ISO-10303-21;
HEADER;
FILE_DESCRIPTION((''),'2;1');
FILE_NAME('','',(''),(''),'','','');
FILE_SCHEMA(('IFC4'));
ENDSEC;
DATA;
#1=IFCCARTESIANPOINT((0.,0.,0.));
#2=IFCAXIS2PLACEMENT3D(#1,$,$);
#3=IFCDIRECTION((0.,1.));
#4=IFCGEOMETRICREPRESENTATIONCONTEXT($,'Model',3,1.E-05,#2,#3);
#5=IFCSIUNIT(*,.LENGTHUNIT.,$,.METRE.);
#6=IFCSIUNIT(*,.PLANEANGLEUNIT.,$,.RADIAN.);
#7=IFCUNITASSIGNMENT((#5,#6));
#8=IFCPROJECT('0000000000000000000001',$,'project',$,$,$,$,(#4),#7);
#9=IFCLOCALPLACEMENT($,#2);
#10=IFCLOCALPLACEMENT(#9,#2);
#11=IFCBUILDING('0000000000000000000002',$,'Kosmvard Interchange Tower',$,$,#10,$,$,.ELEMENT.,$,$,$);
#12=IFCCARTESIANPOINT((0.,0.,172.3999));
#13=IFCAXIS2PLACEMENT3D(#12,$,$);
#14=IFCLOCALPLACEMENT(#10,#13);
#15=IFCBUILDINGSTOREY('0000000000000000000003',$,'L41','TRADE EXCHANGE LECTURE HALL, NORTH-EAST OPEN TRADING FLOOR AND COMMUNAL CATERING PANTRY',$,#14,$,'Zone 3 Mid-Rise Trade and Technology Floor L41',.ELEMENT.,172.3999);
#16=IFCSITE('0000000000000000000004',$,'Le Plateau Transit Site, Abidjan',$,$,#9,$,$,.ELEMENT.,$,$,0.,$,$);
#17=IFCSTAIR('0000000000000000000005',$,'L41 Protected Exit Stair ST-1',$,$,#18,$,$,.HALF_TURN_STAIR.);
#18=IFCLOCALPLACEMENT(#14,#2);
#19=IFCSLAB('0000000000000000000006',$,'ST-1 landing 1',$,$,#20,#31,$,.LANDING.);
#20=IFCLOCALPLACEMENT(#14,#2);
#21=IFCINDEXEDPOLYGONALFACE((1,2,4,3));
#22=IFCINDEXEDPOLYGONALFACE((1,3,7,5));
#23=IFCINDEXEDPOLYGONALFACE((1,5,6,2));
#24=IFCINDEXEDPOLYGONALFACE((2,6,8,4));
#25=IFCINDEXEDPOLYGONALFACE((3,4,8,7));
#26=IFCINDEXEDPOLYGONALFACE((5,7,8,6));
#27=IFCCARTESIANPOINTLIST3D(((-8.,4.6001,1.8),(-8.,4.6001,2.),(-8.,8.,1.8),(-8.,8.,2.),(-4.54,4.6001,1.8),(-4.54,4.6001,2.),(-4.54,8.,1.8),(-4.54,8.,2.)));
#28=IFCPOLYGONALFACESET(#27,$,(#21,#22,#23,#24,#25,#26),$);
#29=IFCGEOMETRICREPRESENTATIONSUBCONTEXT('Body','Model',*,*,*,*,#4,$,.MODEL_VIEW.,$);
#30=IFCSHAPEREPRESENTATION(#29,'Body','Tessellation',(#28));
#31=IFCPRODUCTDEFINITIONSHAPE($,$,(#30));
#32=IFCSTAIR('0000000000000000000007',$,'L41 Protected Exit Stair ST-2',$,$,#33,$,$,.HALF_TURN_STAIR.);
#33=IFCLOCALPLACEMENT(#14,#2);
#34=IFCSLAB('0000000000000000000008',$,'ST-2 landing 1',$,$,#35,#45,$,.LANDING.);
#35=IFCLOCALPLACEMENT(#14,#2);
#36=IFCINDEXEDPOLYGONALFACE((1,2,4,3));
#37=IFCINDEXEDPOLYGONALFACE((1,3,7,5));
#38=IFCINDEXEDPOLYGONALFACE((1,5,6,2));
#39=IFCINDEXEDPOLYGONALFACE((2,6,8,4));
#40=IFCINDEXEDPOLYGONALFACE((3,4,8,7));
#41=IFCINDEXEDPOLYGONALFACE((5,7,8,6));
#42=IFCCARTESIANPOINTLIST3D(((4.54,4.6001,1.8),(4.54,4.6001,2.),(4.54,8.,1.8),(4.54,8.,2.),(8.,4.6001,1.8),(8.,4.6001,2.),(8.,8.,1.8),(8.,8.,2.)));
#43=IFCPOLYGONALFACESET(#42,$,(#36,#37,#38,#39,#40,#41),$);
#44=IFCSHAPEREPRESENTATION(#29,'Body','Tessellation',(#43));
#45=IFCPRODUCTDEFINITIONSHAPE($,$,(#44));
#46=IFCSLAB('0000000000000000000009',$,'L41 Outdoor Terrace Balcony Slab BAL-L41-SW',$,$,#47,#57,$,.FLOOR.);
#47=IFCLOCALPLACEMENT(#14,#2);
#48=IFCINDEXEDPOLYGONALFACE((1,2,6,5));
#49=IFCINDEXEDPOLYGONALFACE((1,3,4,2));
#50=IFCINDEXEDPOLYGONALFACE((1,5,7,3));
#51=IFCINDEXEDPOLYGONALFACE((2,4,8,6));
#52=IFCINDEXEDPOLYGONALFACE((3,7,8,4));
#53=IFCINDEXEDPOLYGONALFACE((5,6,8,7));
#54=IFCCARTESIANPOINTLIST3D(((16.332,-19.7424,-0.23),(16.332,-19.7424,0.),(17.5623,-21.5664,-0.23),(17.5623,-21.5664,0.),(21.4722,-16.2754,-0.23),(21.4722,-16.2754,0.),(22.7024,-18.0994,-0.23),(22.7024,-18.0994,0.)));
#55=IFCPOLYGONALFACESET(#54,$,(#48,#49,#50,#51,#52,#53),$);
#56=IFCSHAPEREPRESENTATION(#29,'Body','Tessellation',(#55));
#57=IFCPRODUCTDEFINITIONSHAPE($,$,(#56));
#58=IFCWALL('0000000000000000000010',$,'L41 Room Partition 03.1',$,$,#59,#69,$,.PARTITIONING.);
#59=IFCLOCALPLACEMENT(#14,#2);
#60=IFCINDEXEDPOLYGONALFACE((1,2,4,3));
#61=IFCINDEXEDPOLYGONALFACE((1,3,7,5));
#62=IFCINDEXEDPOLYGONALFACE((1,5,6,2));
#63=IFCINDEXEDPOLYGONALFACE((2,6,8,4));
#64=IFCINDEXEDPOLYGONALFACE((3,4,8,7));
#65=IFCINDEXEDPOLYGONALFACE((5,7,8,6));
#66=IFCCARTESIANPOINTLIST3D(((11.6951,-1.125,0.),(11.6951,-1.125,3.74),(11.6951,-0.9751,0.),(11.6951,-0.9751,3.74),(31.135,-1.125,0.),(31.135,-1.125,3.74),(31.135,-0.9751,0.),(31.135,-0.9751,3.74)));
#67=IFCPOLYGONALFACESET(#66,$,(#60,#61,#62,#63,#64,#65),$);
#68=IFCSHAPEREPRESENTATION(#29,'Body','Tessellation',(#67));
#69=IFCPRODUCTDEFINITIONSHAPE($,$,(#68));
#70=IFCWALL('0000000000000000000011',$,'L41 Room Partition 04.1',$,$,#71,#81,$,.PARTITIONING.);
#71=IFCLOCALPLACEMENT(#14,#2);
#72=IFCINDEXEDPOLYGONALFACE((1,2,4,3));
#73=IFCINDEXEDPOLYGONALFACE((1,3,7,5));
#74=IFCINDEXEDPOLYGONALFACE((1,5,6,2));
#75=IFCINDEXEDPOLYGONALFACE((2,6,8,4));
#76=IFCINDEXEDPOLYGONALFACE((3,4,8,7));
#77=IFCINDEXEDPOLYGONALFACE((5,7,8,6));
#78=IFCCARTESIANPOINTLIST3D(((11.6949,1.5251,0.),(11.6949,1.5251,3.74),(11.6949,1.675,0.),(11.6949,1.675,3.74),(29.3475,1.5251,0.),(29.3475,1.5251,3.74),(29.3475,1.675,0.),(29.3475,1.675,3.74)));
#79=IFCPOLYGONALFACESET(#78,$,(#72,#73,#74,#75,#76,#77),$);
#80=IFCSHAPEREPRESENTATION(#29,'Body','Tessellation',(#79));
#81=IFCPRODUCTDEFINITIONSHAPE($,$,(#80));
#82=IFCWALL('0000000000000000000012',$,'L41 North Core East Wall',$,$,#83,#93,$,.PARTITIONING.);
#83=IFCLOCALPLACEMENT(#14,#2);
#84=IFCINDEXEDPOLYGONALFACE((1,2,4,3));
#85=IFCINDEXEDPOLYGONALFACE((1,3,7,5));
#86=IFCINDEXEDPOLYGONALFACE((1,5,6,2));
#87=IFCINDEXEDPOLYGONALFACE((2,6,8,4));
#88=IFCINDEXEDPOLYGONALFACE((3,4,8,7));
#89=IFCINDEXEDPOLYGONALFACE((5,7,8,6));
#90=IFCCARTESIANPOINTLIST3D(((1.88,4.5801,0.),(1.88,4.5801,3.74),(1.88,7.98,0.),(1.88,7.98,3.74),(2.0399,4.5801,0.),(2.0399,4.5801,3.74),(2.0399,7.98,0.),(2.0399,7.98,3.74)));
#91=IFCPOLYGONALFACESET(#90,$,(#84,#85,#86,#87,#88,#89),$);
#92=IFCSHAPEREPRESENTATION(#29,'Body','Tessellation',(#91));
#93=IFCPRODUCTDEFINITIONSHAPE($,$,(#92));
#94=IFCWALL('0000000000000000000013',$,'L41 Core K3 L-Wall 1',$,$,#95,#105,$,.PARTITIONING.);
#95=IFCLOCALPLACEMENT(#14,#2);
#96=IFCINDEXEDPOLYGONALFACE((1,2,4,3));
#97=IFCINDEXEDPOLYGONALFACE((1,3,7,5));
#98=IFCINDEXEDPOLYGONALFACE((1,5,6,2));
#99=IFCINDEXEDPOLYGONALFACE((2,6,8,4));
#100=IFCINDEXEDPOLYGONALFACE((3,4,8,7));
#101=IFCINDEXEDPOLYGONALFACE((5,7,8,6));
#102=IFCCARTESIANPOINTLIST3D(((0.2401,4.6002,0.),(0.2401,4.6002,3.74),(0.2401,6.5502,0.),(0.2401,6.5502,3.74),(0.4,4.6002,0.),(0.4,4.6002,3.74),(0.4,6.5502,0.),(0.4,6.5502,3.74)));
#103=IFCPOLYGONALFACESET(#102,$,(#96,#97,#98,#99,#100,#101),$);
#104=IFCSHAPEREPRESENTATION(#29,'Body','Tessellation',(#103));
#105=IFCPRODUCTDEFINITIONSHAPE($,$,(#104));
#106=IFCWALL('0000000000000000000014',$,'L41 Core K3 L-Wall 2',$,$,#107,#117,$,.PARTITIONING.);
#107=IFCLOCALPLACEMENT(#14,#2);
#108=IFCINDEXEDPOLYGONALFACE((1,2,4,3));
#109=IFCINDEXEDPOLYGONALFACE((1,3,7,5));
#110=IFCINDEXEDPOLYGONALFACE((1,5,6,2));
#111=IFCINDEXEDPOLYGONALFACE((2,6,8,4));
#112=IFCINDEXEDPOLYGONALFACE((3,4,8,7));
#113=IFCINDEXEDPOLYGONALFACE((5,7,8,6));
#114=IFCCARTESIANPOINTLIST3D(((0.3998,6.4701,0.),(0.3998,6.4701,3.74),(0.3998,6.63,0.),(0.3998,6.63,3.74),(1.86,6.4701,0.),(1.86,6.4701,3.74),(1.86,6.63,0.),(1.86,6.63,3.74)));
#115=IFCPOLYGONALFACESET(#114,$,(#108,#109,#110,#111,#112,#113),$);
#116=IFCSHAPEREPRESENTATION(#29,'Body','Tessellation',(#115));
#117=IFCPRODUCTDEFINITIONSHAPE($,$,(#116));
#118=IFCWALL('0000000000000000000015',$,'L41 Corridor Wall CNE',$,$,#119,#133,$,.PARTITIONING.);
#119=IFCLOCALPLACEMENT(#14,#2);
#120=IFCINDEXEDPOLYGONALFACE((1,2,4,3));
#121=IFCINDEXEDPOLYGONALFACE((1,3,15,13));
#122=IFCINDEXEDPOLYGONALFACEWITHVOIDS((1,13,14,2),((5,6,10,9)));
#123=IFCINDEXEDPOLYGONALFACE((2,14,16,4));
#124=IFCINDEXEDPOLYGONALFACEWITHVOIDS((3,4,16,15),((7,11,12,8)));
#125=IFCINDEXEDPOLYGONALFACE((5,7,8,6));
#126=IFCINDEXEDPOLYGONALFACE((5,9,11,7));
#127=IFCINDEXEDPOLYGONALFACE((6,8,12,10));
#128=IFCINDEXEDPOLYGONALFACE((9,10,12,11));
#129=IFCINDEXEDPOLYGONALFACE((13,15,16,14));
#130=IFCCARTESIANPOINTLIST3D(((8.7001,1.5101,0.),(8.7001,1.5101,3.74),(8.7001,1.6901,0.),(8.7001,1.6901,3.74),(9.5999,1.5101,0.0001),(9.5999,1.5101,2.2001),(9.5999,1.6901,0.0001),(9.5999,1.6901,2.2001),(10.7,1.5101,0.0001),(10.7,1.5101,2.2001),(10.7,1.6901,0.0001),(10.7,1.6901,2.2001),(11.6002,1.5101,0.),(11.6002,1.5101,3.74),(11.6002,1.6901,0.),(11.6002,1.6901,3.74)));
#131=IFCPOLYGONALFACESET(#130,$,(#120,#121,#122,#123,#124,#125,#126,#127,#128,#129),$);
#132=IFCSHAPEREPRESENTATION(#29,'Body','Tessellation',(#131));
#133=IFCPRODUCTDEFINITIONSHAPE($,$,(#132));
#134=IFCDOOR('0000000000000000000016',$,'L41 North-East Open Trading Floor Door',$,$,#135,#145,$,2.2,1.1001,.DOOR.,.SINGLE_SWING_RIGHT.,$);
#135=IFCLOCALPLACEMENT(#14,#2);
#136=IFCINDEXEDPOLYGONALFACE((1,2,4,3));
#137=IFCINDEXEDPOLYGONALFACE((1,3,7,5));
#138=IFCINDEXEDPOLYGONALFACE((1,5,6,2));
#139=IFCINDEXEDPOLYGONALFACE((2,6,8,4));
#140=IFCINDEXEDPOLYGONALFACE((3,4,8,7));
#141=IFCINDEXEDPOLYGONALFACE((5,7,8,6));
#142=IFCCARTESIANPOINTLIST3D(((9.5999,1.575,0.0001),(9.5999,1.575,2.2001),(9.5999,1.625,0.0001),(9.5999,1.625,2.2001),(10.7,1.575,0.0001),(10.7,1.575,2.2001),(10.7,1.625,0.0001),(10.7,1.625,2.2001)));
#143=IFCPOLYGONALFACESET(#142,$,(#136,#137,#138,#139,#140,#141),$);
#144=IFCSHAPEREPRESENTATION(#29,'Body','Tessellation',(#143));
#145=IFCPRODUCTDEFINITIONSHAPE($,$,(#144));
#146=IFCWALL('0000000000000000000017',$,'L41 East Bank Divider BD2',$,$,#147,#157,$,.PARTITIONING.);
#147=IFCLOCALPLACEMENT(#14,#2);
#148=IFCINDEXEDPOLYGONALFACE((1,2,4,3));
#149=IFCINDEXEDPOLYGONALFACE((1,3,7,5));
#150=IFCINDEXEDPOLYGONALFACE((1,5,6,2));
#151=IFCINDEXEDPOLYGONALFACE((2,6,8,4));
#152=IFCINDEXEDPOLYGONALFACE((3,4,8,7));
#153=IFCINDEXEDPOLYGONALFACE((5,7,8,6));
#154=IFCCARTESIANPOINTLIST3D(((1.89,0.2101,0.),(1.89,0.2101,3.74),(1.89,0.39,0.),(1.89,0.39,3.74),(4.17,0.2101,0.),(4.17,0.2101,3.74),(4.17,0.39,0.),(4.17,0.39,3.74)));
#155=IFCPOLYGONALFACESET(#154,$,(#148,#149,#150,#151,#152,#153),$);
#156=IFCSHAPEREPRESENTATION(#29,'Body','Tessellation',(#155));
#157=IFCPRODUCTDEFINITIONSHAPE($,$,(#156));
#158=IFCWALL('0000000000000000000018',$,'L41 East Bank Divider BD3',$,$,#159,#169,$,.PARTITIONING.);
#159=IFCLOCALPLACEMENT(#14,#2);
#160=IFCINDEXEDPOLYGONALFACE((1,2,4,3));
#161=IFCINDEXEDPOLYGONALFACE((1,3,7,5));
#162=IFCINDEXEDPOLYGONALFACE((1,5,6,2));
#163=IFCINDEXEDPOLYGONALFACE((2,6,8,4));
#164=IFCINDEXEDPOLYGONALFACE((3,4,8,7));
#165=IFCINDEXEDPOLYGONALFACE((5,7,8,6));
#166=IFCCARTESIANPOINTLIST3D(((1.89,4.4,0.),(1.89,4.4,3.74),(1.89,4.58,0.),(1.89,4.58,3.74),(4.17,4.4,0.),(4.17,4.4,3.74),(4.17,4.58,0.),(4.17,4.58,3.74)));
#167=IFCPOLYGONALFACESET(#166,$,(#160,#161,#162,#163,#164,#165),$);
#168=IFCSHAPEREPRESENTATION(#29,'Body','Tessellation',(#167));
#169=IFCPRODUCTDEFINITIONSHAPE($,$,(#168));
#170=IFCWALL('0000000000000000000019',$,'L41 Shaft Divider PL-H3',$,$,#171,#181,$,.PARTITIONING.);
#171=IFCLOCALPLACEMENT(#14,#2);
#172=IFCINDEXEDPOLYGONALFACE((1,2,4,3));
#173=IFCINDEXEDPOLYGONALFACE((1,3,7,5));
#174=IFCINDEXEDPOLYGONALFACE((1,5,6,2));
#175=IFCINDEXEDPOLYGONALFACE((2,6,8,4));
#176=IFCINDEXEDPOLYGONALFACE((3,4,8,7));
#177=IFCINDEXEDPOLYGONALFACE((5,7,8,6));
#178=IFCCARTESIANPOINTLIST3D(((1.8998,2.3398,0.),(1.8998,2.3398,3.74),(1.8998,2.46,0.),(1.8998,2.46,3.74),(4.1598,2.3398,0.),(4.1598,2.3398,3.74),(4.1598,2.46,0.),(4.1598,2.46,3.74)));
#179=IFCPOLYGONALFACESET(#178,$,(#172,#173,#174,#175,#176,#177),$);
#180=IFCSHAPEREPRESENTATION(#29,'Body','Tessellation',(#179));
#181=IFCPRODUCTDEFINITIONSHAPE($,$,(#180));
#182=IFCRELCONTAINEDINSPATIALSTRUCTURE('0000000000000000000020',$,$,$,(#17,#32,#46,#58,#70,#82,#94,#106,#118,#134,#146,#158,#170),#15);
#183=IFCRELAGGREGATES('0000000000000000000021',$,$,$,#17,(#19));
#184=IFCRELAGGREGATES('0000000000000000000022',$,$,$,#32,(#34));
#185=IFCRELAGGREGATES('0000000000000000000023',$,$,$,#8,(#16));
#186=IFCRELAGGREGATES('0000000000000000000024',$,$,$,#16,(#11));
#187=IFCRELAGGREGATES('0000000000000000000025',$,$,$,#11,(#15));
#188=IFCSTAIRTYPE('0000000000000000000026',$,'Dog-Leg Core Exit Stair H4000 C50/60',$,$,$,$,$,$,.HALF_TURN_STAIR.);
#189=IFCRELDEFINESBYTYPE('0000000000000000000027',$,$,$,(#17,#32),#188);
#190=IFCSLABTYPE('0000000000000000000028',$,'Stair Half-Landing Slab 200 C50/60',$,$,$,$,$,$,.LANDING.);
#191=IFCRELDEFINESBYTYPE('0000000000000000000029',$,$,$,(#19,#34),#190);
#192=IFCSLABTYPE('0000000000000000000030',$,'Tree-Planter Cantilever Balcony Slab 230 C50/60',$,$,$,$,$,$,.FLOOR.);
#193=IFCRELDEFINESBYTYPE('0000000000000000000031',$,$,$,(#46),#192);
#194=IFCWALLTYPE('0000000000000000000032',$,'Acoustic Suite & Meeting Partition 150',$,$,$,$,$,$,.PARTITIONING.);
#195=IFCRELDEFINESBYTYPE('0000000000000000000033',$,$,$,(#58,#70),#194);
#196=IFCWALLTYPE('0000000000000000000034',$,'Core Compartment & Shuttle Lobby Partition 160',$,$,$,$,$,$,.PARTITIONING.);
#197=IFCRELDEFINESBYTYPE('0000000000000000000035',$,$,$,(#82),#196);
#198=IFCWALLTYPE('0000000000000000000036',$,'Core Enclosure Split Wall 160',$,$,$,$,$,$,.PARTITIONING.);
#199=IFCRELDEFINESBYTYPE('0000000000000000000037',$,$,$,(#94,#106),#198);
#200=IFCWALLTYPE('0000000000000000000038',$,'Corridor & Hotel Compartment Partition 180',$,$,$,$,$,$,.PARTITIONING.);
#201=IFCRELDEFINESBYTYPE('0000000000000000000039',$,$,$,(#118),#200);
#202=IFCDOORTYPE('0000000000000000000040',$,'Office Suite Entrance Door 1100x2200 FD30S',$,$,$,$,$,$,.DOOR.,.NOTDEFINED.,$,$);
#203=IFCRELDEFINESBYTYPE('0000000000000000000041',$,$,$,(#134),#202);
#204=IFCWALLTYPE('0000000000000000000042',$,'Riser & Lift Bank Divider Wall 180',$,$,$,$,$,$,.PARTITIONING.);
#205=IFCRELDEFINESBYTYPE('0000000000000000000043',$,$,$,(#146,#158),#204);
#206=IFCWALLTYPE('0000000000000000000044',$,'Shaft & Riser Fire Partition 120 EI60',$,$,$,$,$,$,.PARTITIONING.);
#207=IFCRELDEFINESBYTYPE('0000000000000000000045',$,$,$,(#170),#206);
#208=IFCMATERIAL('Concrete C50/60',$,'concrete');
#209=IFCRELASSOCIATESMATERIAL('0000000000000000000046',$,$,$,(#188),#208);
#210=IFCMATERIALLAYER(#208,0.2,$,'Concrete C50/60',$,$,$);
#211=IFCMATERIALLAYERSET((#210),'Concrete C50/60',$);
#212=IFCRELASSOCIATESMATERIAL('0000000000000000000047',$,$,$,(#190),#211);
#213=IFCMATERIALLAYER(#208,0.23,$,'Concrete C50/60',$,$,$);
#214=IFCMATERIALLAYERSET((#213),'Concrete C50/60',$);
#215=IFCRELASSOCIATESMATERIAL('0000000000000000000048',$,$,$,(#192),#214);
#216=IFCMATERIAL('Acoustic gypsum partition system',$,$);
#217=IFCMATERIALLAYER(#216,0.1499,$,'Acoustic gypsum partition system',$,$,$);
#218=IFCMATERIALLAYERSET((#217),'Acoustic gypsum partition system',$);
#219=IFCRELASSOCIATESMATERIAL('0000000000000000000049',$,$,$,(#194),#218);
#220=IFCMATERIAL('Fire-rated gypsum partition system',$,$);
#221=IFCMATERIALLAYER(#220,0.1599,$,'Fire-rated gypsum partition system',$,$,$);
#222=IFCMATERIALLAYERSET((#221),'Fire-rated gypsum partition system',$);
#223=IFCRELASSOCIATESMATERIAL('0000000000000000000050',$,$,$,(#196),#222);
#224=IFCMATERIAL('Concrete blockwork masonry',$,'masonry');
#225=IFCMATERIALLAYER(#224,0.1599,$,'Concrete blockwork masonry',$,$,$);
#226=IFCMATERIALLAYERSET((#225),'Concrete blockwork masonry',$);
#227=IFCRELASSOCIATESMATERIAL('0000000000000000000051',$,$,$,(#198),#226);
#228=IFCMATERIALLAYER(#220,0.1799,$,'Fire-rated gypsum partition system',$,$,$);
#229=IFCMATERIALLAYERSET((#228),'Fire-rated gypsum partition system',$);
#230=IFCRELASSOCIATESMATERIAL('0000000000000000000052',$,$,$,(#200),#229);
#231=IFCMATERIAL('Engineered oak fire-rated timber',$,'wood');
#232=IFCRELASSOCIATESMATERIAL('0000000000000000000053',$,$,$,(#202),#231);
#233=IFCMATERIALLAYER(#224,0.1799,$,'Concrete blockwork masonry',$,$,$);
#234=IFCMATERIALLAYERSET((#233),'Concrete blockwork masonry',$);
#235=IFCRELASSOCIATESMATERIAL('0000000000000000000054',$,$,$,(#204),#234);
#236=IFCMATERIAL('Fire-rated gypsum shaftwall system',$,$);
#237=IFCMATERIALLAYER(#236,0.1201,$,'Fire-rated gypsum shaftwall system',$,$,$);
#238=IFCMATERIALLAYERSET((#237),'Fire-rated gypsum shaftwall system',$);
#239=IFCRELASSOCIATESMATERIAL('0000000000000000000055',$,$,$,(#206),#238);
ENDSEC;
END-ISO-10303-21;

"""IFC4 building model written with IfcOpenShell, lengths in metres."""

from ifc_helpers import new_model, si_unit, direction, frame, frame_2d, origin, place, context, subcontext, project, spatial, polyline, rectangle, outline, extrude, source, transform, mapped, material, layer, layer_set, type_object, element, fill, aggregate, save


model = new_model("IFC4")

# Units and contexts
model_context = context("Model", 3, precision=1e-05, world=origin(), true_north=direction((0.0, 1.0)))
body_context = subcontext(model_context, "Body", "Model", "MODEL_VIEW")
ifc_project = project(units=[si_unit("LENGTHUNIT", "METRE"), si_unit("PLANEANGLEUNIT", "RADIAN")], contexts=[model_context])

# Site, building, storey
site_placement = place(None, origin())
site = spatial("IfcSite", under=ifc_project, at=site_placement, Name="Le Plateau Transit Site, Abidjan", CompositionType="ELEMENT", RefElevation=0.0)
building_placement = place(site_placement, origin())
building = spatial("IfcBuilding", under=site, at=building_placement, Name="Kosmvard Interchange Tower", CompositionType="ELEMENT")
storey_placement = place(building_placement, frame((0.0, 0.0, 172.3999)))
storey = spatial("IfcBuildingStorey", under=building, at=storey_placement, Name="L41", Description="TRADE EXCHANGE LECTURE HALL, NORTH-EAST OPEN TRADING FLOOR AND COMMUNAL CATERING PANTRY", LongName="Zone 3 Mid-Rise Trade and Technology Floor L41", CompositionType="ELEMENT", Elevation=172.3999)

# Stairs, slabs
ifc_material_1 = material(Name="Concrete C50/60", Category="concrete")
stair_type = type_object("IfcStairType", Name="Dog-Leg Core Exit Stair H4000 C50/60", PredefinedType="HALF_TURN_STAIR", material=ifc_material_1)
stair_1_placement = place(storey_placement, origin())
stair_1 = element("IfcStair", 1, at=stair_1_placement, inside=storey, type_object=stair_type, Name="L41 Protected Exit Stair ST-1", PredefinedType="HALF_TURN_STAIR")
ifc_layer_1 = layer(ifc_material_1, 0.2, Name="Concrete C50/60")
ifc_layer_set_1 = layer_set([ifc_layer_1], Name="Concrete C50/60")
slab_type_1 = type_object("IfcSlabType", Name="Stair Half-Landing Slab 200 C50/60", PredefinedType="LANDING", material=ifc_layer_set_1)
slab_1_placement = place(storey_placement, frame((0.0, 0.0, 1.8)))
slab_1 = element("IfcSlab", 2, at=slab_1_placement, type_object=slab_type_1, Name="ST-1 landing 1", PredefinedType="LANDING", context=body_context, shape_type="SweptSolid", body=[
    extrude(outline(polyline([(-4.54, 4.6001), (-4.54, 8.0), (-8.0, 8.0), (-8.0, 4.6001), (-4.54, 4.6001)])), origin(), (0.0, 0.0, 1.0), 0.2),
])
aggregate(stair_1, [slab_1])
stair_2_placement = place(storey_placement, origin())
stair_2 = element("IfcStair", 3, at=stair_2_placement, inside=storey, type_object=stair_type, Name="L41 Protected Exit Stair ST-2", PredefinedType="HALF_TURN_STAIR")
slab_2_placement = place(storey_placement, frame((0.0, 0.0, 1.8)))
slab_2 = element("IfcSlab", 4, at=slab_2_placement, type_object=slab_type_1, Name="ST-2 landing 1", PredefinedType="LANDING", context=body_context, shape_type="SweptSolid", body=[
    extrude(outline(polyline([(8.0, 4.6001), (8.0, 8.0), (4.54, 8.0), (4.54, 4.6001), (8.0, 4.6001)])), origin(), (0.0, 0.0, 1.0), 0.2),
])

# Slab
ifc_layer_2 = layer(ifc_material_1, 0.23, Name="Concrete C50/60")
ifc_layer_set_2 = layer_set([ifc_layer_2], Name="Concrete C50/60")
slab_type_2 = type_object("IfcSlabType", Name="Tree-Planter Cantilever Balcony Slab 230 C50/60", PredefinedType="FLOOR", material=ifc_layer_set_2)
slab_3_placement = place(storey_placement, frame((0.0, 0.0, -0.23)))
element("IfcSlab", 5, at=slab_3_placement, inside=storey, type_object=slab_type_2, Name="L41 Outdoor Terrace Balcony Slab BAL-L41-SW", PredefinedType="FLOOR", context=body_context, shape_type="SweptSolid", body=[
    extrude(outline(polyline([(17.5623, -21.5664), (22.7024, -18.0994), (21.4722, -16.2754), (16.332, -19.7424), (17.5623, -21.5664)])), origin(), (0.0, 0.0, 1.0), 0.23),
])

# Walls
ifc_material_2 = material(Name="Acoustic gypsum partition system")
ifc_layer_3 = layer(ifc_material_2, 0.1499, Name="Acoustic gypsum partition system")
ifc_layer_set_3 = layer_set([ifc_layer_3], Name="Acoustic gypsum partition system")
wall_type_1 = type_object("IfcWallType", Name="Acoustic Suite & Meeting Partition 150", PredefinedType="PARTITIONING", material=ifc_layer_set_3)
wall_1_placement = place(storey_placement, frame((11.6951, -1.05, 0.0), z_axis=(0.0, 0.0, 1.0), x_axis=(1.0, 0.0, 0.0)))
element("IfcWall", 6, at=wall_1_placement, inside=storey, type_object=wall_type_1, Name="L41 Room Partition 03.1", PredefinedType="PARTITIONING", context=body_context, shape_type="SweptSolid", body=[
    extrude(rectangle(XDim=19.4399, YDim=0.1499, at=frame_2d((9.72, 0.0))), origin(), (0.0, 0.0, 1.0), 3.74),
])
wall_2_placement = place(storey_placement, frame((11.6951, 1.6001, 0.0), z_axis=(0.0, 0.0, 1.0), x_axis=(1.0, 0.0, 0.0)))
element("IfcWall", 7, at=wall_2_placement, inside=storey, type_object=wall_type_1, Name="L41 Room Partition 04.1", PredefinedType="PARTITIONING", context=body_context, shape_type="SweptSolid", body=[
    extrude(rectangle(XDim=17.6526, YDim=0.1499, at=frame_2d((8.8262, 0.0))), origin(), (0.0, 0.0, 1.0), 3.74),
])
ifc_material_3 = material(Name="Fire-rated gypsum partition system")
ifc_layer_4 = layer(ifc_material_3, 0.1599, Name="Fire-rated gypsum partition system")
ifc_layer_set_4 = layer_set([ifc_layer_4], Name="Fire-rated gypsum partition system")
wall_type_2 = type_object("IfcWallType", Name="Core Compartment & Shuttle Lobby Partition 160", PredefinedType="PARTITIONING", material=ifc_layer_set_4)
wall_3_placement = place(storey_placement, frame((1.96, 4.5801, 0.0), z_axis=(0.0, 0.0, 1.0), x_axis=(0.0, 1.0, 0.0)))
element("IfcWall", 8, at=wall_3_placement, inside=storey, type_object=wall_type_2, Name="L41 North Core East Wall", PredefinedType="PARTITIONING", context=body_context, shape_type="SweptSolid", body=[
    extrude(rectangle(XDim=3.3999, YDim=0.1599, at=frame_2d((1.7, 0.0))), origin(), (0.0, 0.0, 1.0), 3.74),
])
ifc_material_4 = material(Name="Concrete blockwork masonry", Category="masonry")
ifc_layer_5 = layer(ifc_material_4, 0.1599, Name="Concrete blockwork masonry")
ifc_layer_set_5 = layer_set([ifc_layer_5], Name="Concrete blockwork masonry")
wall_type_3 = type_object("IfcWallType", Name="Core Enclosure Split Wall 160", PredefinedType="PARTITIONING", material=ifc_layer_set_5)
wall_4_placement = place(storey_placement, frame((0.3201, 4.6001, 0.0), z_axis=(0.0, 0.0, 1.0), x_axis=(0.0, 1.0, 0.0)))
element("IfcWall", 9, at=wall_4_placement, inside=storey, type_object=wall_type_3, Name="L41 Core K3 L-Wall 1", PredefinedType="PARTITIONING", context=body_context, shape_type="SweptSolid", body=[
    extrude(rectangle(XDim=1.95, YDim=0.1599, at=frame_2d((0.9751, 0.0))), origin(), (0.0, 0.0, 1.0), 3.74),
])
wall_5_placement = place(storey_placement, frame((0.3999, 6.55, 0.0), z_axis=(0.0, 0.0, 1.0), x_axis=(1.0, 0.0, 0.0)))
element("IfcWall", 10, at=wall_5_placement, inside=storey, type_object=wall_type_3, Name="L41 Core K3 L-Wall 2", PredefinedType="PARTITIONING", context=body_context, shape_type="SweptSolid", body=[
    extrude(rectangle(XDim=1.4602, YDim=0.1599, at=frame_2d((0.73, 0.0))), origin(), (0.0, 0.0, 1.0), 3.74),
])

# Wall, opening, door
ifc_layer_6 = layer(ifc_material_3, 0.1799, Name="Fire-rated gypsum partition system")
ifc_layer_set_6 = layer_set([ifc_layer_6], Name="Fire-rated gypsum partition system")
wall_type_4 = type_object("IfcWallType", Name="Corridor & Hotel Compartment Partition 180", PredefinedType="PARTITIONING", material=ifc_layer_set_6)
wall_6_placement = place(storey_placement, frame((8.7, 1.6001, 0.0), z_axis=(0.0, 0.0, 1.0), x_axis=(1.0, 0.0, 0.0)))
wall_6 = element("IfcWall", 11, at=wall_6_placement, inside=storey, type_object=wall_type_4, Name="L41 Corridor Wall CNE", PredefinedType="PARTITIONING", context=body_context, shape_type="SweptSolid", body=[
    extrude(rectangle(XDim=2.9001, YDim=0.1799, at=frame_2d((1.4502, 0.0))), origin(), (0.0, 0.0, 1.0), 3.74),
])
opening_1_placement = place(wall_6_placement, frame((0.8999, 0.0, 0.0)))
opening_1 = element("IfcOpeningElement", 12, at=opening_1_placement, cuts=wall_6, PredefinedType="OPENING", context=body_context, shape_type="SweptSolid", body=[
    extrude(rectangle(XDim=1.1001, YDim=2.2, at=frame_2d((0.55, 1.1001))), frame((0.0, 0.1001, 0.0), z_axis=(0.0, -1.0, 0.0), x_axis=(1.0, 0.0, 0.0)), (0.0, 0.0, 1.0), 0.2),
])
ifc_material_5 = material(Name="Engineered oak fire-rated timber", Category="wood")
door_type_1 = type_object("IfcDoorType", Name="Office Suite Entrance Door 1100x2200 FD30S", OperationType="NOTDEFINED", PredefinedType="DOOR", material=ifc_material_5)
shared_shape_1 = source(origin(), body_context, "Body", "SweptSolid", [
    extrude(rectangle(XDim=1.1001, YDim=2.2, at=frame_2d((0.55, 1.1001))), frame((0.0, 0.0249, 0.0), z_axis=(0.0, -1.0, 0.0), x_axis=(1.0, 0.0, 0.0)), (0.0, 0.0, 1.0), 0.05),
])
door_1_placement = place(opening_1_placement, origin())
door_1 = element("IfcDoor", 13, at=door_1_placement, inside=storey, type_object=door_type_1, Name="L41 North-East Open Trading Floor Door", OperationType="SINGLE_SWING_RIGHT", OverallHeight=2.2, OverallWidth=1.1001, PredefinedType="DOOR", context=body_context, shape_type="MappedRepresentation", body=[
    mapped(shared_shape_1, transform((0.0, 0.0, 0.0), scale=1.0)),
])
fill(opening_1, door_1)

# Walls
ifc_layer_7 = layer(ifc_material_4, 0.1799, Name="Concrete blockwork masonry")
ifc_layer_set_7 = layer_set([ifc_layer_7], Name="Concrete blockwork masonry")
wall_type_5 = type_object("IfcWallType", Name="Riser & Lift Bank Divider Wall 180", PredefinedType="PARTITIONING", material=ifc_layer_set_7)
for number, where, z_axis, x_axis, name in (
    (14, (1.8899, 0.3, 0.0), (0.0, 0.0, 1.0), (1.0, 0.0, 0.0), "L41 East Bank Divider BD2"),
    (15, (1.8899, 4.49, 0.0), (0.0, 0.0, 1.0), (1.0, 0.0, 0.0), "L41 East Bank Divider BD3"),
):
    element("IfcWall", number, at=place(storey_placement, frame(where, z_axis=z_axis, x_axis=x_axis)), inside=storey, type_object=wall_type_5, Name=name, PredefinedType="PARTITIONING", context=body_context, shape_type="SweptSolid", body=[
        extrude(rectangle(XDim=2.28, YDim=0.1799, at=frame_2d((1.1401, 0.0))), origin(), (0.0, 0.0, 1.0), 3.74),
    ])
ifc_material_6 = material(Name="Fire-rated gypsum shaftwall system")
ifc_layer_8 = layer(ifc_material_6, 0.1201, Name="Fire-rated gypsum shaftwall system")
ifc_layer_set_8 = layer_set([ifc_layer_8], Name="Fire-rated gypsum shaftwall system")
wall_type_6 = type_object("IfcWallType", Name="Shaft & Riser Fire Partition 120 EI60", PredefinedType="PARTITIONING", material=ifc_layer_set_8)
wall_7_placement = place(storey_placement, frame((1.8999, 2.3999, 0.0), z_axis=(0.0, 0.0, 1.0), x_axis=(1.0, 0.0, 0.0)))
element("IfcWall", 16, at=wall_7_placement, inside=storey, type_object=wall_type_6, Name="L41 Shaft Divider PL-H3", PredefinedType="PARTITIONING", context=body_context, shape_type="SweptSolid", body=[
    extrude(rectangle(XDim=2.26, YDim=0.1201, at=frame_2d((1.1299, 0.0))), origin(), (0.0, 0.0, 1.0), 3.74),
])

aggregate(stair_2, [slab_2])

save(model, "model.ifc")
